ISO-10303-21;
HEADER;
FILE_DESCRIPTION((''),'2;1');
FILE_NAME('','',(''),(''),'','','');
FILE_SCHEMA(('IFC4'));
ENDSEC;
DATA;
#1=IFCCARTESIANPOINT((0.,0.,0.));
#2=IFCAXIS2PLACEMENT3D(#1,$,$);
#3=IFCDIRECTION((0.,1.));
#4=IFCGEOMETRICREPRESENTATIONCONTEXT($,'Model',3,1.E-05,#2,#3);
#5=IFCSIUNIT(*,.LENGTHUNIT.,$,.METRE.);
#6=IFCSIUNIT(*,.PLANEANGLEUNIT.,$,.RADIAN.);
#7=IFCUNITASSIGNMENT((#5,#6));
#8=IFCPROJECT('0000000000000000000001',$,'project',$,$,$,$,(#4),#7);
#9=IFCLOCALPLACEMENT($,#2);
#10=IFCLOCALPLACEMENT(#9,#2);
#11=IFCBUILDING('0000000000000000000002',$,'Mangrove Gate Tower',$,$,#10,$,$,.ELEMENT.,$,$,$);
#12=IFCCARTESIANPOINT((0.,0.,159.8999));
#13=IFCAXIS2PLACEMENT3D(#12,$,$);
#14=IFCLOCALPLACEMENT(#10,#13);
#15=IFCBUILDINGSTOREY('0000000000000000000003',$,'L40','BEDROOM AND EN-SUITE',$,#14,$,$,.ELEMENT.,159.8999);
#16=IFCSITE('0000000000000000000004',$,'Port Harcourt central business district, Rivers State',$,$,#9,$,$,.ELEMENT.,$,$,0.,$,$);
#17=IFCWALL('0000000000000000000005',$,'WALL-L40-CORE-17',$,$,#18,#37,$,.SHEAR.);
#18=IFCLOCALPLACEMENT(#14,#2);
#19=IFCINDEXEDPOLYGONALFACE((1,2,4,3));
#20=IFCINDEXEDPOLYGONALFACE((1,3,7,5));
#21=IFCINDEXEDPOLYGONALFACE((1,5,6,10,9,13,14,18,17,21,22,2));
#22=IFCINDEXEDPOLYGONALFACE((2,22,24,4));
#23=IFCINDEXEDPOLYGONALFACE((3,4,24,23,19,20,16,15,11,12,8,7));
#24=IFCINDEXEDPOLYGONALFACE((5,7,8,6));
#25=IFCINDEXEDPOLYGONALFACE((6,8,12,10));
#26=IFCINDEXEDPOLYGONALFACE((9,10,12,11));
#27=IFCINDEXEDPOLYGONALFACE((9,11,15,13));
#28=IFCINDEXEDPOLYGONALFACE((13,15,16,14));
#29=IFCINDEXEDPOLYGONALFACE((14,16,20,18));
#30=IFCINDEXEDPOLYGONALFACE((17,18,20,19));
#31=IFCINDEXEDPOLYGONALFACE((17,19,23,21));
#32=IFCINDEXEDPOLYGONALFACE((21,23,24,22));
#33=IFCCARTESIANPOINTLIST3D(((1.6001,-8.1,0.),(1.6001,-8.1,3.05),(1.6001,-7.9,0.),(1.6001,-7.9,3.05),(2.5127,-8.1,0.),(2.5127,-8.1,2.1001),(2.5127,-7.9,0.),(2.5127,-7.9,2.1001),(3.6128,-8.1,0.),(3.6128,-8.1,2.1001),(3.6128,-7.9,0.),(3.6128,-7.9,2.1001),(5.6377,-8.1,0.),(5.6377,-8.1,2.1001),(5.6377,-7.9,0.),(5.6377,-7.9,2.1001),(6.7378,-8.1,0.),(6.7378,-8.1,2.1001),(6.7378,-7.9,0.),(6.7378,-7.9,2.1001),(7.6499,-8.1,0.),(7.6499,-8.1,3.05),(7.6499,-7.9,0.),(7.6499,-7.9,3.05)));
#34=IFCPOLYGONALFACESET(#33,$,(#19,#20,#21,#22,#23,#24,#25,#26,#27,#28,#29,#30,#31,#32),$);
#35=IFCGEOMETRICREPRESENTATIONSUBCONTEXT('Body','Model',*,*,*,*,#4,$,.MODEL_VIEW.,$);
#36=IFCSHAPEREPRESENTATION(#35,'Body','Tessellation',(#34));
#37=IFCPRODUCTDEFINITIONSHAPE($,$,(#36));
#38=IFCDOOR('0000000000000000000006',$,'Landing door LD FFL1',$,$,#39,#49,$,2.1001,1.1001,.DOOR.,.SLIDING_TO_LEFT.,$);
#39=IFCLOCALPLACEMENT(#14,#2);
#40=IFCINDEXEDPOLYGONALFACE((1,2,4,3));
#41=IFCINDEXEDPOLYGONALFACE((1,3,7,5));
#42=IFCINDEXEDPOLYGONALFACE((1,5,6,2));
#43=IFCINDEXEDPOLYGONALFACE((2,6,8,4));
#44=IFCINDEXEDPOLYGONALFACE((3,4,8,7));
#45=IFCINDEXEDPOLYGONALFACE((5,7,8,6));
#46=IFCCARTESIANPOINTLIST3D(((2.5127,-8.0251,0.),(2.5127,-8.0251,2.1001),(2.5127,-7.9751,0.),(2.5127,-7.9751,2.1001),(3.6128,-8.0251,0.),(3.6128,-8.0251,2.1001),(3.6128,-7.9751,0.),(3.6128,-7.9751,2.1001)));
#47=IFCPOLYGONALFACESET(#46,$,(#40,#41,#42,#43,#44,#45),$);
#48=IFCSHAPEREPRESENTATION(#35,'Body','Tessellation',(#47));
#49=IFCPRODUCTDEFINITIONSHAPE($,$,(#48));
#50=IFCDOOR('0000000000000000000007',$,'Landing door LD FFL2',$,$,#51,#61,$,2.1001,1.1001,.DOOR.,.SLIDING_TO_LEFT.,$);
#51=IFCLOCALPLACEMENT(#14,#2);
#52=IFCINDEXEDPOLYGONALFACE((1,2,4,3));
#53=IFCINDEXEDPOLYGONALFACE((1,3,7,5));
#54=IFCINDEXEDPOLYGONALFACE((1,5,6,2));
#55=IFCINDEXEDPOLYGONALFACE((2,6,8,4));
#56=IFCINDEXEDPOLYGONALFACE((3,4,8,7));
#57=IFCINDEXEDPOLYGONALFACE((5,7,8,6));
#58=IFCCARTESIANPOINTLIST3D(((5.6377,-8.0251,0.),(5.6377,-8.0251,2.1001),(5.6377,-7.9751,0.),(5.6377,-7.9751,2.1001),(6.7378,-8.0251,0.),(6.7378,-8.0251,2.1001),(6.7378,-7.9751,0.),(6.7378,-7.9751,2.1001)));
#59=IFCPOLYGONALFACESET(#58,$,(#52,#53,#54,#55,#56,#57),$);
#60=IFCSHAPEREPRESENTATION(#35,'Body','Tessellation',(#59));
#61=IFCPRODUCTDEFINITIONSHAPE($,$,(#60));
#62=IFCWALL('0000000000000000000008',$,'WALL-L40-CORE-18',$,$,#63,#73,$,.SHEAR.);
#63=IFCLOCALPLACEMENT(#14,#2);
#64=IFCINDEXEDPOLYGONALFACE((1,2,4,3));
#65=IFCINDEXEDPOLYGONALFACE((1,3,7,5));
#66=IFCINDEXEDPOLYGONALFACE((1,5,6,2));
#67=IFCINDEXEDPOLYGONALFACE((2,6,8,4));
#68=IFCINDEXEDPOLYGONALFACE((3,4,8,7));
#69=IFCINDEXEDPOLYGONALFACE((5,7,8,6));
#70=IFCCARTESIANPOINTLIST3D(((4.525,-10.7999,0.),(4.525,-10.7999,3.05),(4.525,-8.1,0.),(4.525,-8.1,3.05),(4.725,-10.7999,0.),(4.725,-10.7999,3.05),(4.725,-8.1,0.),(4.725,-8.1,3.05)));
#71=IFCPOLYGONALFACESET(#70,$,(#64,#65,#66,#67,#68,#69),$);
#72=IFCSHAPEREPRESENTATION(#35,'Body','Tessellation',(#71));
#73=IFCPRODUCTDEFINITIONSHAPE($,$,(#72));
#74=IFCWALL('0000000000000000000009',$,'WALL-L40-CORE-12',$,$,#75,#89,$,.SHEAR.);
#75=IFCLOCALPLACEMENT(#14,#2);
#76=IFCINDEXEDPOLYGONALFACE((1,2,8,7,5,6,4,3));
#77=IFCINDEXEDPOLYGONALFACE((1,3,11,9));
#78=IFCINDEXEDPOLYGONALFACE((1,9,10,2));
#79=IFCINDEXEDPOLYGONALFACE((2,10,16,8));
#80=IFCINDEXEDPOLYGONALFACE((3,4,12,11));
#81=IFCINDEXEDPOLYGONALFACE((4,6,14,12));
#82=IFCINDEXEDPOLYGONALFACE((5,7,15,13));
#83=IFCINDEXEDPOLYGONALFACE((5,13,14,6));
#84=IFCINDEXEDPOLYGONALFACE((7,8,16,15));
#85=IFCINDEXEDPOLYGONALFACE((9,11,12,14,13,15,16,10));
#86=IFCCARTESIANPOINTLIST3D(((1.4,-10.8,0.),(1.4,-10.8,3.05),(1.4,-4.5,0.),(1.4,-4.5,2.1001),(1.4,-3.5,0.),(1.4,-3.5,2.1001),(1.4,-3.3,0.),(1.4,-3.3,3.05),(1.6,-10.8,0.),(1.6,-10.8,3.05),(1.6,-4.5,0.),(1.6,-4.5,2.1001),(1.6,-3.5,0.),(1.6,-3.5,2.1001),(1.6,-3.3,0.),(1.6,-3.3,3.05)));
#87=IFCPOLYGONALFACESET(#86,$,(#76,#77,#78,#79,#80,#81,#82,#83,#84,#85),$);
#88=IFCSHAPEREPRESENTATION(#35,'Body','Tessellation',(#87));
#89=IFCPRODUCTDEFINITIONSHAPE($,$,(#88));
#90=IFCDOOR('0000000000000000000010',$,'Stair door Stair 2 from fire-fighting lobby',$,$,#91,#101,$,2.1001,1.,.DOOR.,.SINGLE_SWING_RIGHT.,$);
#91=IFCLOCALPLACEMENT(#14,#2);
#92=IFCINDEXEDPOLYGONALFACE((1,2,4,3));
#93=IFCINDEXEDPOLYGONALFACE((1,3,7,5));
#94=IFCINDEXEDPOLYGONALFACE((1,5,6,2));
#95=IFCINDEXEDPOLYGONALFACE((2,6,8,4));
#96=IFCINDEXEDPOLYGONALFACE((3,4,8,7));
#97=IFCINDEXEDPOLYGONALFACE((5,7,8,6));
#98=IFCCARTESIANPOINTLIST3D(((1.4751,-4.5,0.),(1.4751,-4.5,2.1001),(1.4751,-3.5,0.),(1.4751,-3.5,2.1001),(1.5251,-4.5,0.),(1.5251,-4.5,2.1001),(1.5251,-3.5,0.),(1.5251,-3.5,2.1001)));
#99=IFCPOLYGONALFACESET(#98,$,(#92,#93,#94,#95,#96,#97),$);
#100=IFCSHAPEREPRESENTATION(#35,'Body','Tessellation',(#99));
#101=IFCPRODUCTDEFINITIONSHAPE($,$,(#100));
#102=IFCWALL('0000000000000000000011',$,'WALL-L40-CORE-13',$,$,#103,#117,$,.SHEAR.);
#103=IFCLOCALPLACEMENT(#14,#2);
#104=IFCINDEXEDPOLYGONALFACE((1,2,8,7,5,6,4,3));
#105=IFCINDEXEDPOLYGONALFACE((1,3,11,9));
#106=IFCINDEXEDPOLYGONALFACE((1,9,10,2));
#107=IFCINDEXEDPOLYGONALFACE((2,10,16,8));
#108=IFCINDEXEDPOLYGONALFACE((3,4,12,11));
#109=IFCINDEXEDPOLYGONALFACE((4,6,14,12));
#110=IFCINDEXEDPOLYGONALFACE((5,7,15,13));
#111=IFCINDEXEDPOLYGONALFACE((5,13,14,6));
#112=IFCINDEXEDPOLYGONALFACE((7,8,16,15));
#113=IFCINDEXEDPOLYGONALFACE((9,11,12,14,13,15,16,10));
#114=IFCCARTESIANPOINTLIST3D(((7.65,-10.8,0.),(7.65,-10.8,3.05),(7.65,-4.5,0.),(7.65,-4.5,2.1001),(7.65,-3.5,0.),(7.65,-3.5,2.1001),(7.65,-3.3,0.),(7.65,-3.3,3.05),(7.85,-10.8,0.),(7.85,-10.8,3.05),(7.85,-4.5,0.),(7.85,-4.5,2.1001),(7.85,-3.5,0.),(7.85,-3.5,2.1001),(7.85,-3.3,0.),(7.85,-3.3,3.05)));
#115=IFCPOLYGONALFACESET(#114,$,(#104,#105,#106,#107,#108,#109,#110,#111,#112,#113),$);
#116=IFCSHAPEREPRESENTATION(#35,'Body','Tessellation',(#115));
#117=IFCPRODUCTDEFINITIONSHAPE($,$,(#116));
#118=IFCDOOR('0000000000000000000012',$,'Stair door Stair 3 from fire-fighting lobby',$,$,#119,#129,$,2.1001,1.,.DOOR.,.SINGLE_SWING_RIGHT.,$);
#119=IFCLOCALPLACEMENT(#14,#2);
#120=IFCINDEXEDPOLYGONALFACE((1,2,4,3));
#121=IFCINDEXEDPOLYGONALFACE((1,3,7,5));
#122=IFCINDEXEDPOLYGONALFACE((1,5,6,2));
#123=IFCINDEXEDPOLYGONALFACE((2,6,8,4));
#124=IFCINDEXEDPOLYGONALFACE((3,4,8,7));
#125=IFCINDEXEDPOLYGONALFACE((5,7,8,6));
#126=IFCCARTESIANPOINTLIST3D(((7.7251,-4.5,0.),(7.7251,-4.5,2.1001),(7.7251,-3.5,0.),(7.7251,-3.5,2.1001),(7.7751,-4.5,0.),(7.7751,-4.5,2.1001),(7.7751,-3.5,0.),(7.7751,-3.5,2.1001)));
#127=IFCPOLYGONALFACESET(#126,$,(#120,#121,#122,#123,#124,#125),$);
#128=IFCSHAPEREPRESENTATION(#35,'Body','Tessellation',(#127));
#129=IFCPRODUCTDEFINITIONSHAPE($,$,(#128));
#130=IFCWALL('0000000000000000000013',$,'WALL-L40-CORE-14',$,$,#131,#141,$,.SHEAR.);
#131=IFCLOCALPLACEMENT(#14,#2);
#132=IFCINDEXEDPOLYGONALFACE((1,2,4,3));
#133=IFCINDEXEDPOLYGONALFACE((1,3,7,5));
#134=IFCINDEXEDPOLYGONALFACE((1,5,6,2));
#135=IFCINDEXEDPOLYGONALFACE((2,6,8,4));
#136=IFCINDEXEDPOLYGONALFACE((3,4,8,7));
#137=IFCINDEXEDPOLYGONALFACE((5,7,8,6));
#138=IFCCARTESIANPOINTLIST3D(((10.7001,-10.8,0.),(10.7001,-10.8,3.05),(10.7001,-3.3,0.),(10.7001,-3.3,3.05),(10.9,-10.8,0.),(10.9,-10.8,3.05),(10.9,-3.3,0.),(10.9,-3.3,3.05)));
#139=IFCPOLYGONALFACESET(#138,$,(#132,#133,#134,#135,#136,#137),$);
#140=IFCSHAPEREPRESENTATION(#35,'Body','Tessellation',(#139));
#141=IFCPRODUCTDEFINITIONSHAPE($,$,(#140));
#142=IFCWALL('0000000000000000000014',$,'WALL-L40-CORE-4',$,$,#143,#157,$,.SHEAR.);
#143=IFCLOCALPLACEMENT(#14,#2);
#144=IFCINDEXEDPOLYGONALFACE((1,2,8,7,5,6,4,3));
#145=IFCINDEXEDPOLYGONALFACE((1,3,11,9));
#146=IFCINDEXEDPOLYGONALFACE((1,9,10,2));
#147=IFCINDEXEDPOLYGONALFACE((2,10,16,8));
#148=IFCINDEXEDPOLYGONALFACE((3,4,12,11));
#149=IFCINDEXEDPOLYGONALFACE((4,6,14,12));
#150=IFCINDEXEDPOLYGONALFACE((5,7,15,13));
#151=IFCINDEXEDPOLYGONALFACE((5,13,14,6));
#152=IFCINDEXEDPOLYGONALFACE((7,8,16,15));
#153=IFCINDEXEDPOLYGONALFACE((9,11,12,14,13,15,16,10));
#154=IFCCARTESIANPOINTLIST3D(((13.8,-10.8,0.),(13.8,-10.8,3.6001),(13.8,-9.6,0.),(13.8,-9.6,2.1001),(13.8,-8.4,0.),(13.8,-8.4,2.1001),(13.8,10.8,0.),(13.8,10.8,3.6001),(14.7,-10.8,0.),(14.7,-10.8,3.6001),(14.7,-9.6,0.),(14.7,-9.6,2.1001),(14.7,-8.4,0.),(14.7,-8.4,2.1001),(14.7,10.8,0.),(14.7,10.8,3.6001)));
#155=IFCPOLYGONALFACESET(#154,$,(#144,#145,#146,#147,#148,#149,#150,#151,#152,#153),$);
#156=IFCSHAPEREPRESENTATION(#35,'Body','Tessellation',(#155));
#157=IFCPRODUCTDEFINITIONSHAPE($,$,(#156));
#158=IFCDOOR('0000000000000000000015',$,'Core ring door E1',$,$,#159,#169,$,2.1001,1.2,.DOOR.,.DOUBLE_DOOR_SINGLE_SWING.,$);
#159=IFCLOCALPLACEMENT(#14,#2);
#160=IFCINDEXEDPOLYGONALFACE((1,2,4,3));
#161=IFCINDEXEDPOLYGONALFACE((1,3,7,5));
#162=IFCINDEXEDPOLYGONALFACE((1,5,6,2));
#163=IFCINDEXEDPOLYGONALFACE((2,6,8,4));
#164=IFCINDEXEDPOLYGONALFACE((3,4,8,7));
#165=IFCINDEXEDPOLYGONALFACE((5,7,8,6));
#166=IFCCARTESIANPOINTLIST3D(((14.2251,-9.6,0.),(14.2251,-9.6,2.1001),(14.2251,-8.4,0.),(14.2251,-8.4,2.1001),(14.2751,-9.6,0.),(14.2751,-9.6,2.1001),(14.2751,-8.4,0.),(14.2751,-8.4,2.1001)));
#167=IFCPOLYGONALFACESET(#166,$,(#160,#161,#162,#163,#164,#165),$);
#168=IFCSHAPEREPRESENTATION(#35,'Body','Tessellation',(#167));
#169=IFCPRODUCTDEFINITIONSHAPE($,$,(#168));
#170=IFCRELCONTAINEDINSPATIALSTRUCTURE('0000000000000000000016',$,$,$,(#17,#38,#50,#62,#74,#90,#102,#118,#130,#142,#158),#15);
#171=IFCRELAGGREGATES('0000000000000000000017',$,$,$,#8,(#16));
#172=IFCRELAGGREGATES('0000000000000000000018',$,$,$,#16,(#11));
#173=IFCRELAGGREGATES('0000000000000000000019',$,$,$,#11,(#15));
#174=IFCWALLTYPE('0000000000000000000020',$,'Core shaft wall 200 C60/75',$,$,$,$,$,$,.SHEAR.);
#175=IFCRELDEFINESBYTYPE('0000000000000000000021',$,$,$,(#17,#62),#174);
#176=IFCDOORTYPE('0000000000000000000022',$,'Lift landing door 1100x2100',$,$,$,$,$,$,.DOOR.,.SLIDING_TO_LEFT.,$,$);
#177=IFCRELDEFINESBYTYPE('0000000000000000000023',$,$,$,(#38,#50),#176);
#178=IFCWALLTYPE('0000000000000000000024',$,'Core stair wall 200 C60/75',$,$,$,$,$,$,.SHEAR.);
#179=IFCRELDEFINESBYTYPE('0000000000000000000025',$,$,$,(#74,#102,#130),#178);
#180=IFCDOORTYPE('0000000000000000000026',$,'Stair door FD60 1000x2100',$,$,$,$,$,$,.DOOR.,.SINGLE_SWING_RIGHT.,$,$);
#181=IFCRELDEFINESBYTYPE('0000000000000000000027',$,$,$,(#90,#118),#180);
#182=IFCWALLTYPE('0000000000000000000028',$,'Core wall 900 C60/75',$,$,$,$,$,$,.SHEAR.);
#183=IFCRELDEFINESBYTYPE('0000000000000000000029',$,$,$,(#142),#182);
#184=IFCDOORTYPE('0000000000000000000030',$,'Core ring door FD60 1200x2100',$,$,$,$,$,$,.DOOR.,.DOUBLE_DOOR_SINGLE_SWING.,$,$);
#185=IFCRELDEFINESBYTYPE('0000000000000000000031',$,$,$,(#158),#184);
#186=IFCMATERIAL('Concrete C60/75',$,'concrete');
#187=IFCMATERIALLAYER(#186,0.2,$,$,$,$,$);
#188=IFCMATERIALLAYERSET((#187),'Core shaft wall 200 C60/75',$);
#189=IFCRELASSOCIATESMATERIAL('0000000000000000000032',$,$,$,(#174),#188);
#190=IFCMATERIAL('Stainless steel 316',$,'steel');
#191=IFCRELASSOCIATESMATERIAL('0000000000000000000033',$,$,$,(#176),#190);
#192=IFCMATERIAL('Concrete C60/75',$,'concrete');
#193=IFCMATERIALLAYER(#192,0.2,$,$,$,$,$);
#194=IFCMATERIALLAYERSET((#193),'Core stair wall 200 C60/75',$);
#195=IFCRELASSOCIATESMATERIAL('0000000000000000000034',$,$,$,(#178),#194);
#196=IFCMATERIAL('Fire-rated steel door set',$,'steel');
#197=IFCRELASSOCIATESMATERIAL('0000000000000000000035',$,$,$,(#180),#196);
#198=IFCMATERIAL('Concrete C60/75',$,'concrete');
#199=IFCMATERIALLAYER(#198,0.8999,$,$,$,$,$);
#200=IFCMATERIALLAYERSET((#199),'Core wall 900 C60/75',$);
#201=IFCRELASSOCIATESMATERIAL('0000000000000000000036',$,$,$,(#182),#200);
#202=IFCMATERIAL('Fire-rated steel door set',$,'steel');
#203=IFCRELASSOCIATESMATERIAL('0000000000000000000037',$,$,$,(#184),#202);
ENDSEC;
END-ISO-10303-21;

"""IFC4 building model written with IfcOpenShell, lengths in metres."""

from ifc_helpers import new_model, si_unit, direction, frame, frame_2d, origin, place, context, subcontext, project, spatial, rectangle, extrude, material, layer, layer_set, type_object, element, fill, save


model = new_model("IFC4")

# Units and contexts
model_context = context("Model", 3, precision=1e-05, world=origin(), true_north=direction((0.0, 1.0)))
body_context = subcontext(model_context, "Body", "Model", "MODEL_VIEW")
ifc_project = project(units=[si_unit("LENGTHUNIT", "METRE"), si_unit("PLANEANGLEUNIT", "RADIAN")], contexts=[model_context])

# Site, building, storey
site_placement = place(None, origin())
site = spatial("IfcSite", under=ifc_project, at=site_placement, Name="Port Harcourt central business district, Rivers State", CompositionType="ELEMENT", RefElevation=0.0)
building_placement = place(site_placement, origin())
building = spatial("IfcBuilding", under=site, at=building_placement, Name="Mangrove Gate Tower", CompositionType="ELEMENT")
storey_placement = place(building_placement, frame((0.0, 0.0, 159.8999)))
storey = spatial("IfcBuildingStorey", under=building, at=storey_placement, Name="L40", Description="BEDROOM AND EN-SUITE", CompositionType="ELEMENT", Elevation=159.8999)

# Wall, openings, doors
ifc_material_1 = material(Name="Concrete C60/75", Category="concrete")
ifc_layer_1 = layer(ifc_material_1, 0.2)
ifc_layer_set_1 = layer_set([ifc_layer_1], Name="Core shaft wall 200 C60/75")
wall_type_1 = type_object("IfcWallType", Name="Core shaft wall 200 C60/75", PredefinedType="SHEAR", material=ifc_layer_set_1)
wall_1_placement = place(storey_placement, frame((1.6001, -8.0, 0.0), z_axis=(0.0, 0.0, 1.0), x_axis=(1.0, 0.0, 0.0)))
wall_1 = element("IfcWall", 1, at=wall_1_placement, inside=storey, type_object=wall_type_1, Name="WALL-L40-CORE-17", PredefinedType="SHEAR", context=body_context, shape_type="SweptSolid", body=[
    extrude(rectangle(XDim=6.0498, YDim=0.2, at=frame_2d((3.0249, 0.0))), origin(), (0.0, 0.0, 1.0), 3.05),
])
opening_1_placement = place(wall_1_placement, frame((0.9126, 0.0, 0.0)))
opening_1 = element("IfcOpeningElement", 2, at=opening_1_placement, cuts=wall_1, PredefinedType="OPENING", context=body_context, shape_type="SweptSolid", body=[
    extrude(rectangle(XDim=1.1001, YDim=2.1001, at=frame_2d((0.55, 1.05))), frame((0.0, 0.1099, 0.0), z_axis=(0.0, -1.0, 0.0), x_axis=(1.0, 0.0, 0.0)), (0.0, 0.0, 1.0), 0.22),
])
opening_2_placement = place(wall_1_placement, frame((4.0376, 0.0, 0.0)))
opening_2 = element("IfcOpeningElement", 3, at=opening_2_placement, cuts=wall_1, PredefinedType="OPENING", context=body_context, shape_type="SweptSolid", body=[
    extrude(rectangle(XDim=1.1001, YDim=2.1001, at=frame_2d((0.55, 1.05))), frame((0.0, 0.1099, 0.0), z_axis=(0.0, -1.0, 0.0), x_axis=(1.0, 0.0, 0.0)), (0.0, 0.0, 1.0), 0.22),
])
ifc_material_2 = material(Name="Stainless steel 316", Category="steel")
door_type_1 = type_object("IfcDoorType", Name="Lift landing door 1100x2100", OperationType="SLIDING_TO_LEFT", PredefinedType="DOOR", material=ifc_material_2)
door_1_placement = place(opening_1_placement, origin())
door_1 = element("IfcDoor", 4, at=door_1_placement, inside=storey, type_object=door_type_1, Name="Landing door LD FFL1", OperationType="SLIDING_TO_LEFT", OverallHeight=2.1001, OverallWidth=1.1001, PredefinedType="DOOR", context=body_context, shape_type="SweptSolid", body=[
    extrude(rectangle(XDim=1.1001, YDim=2.1001, at=frame_2d((0.55, 1.05))), frame((0.0, 0.0249, 0.0), z_axis=(0.0, -1.0, 0.0), x_axis=(1.0, 0.0, 0.0)), (0.0, 0.0, 1.0), 0.05),
])
fill(opening_1, door_1)
door_2_placement = place(opening_2_placement, origin())
door_2 = element("IfcDoor", 5, at=door_2_placement, inside=storey, type_object=door_type_1, Name="Landing door LD FFL2", OperationType="SLIDING_TO_LEFT", OverallHeight=2.1001, OverallWidth=1.1001, PredefinedType="DOOR", context=body_context, shape_type="SweptSolid", body=[
    extrude(rectangle(XDim=1.1001, YDim=2.1001, at=frame_2d((0.55, 1.05))), frame((0.0, 0.0249, 0.0), z_axis=(0.0, -1.0, 0.0), x_axis=(1.0, 0.0, 0.0)), (0.0, 0.0, 1.0), 0.05),
])
fill(opening_2, door_2)

# Wall
wall_2_placement = place(storey_placement, frame((4.625, -10.8, 0.0), z_axis=(0.0, 0.0, 1.0), x_axis=(0.0, 1.0, 0.0)))
element("IfcWall", 6, at=wall_2_placement, inside=storey, type_object=wall_type_1, Name="WALL-L40-CORE-18", PredefinedType="SHEAR", context=body_context, shape_type="SweptSolid", body=[
    extrude(rectangle(XDim=2.7, YDim=0.2, at=frame_2d((1.3501, 0.0))), origin(), (0.0, 0.0, 1.0), 3.05),
])

# Walls, openings, doors
ifc_material_3 = material(Name="Concrete C60/75", Category="concrete")
ifc_layer_2 = layer(ifc_material_3, 0.2)
ifc_layer_set_2 = layer_set([ifc_layer_2], Name="Core stair wall 200 C60/75")
wall_type_2 = type_object("IfcWallType", Name="Core stair wall 200 C60/75", PredefinedType="SHEAR", material=ifc_layer_set_2)
wall_3_placement = place(storey_placement, frame((1.5, -10.8, 0.0), z_axis=(0.0, 0.0, 1.0), x_axis=(0.0, 1.0, 0.0)))
wall_3 = element("IfcWall", 7, at=wall_3_placement, inside=storey, type_object=wall_type_2, Name="WALL-L40-CORE-12", PredefinedType="SHEAR", context=body_context, shape_type="SweptSolid", body=[
    extrude(rectangle(XDim=7.5, YDim=0.2, at=frame_2d((3.75, 0.0))), origin(), (0.0, 0.0, 1.0), 3.05),
])
opening_3_placement = place(wall_3_placement, frame((6.3, 0.0, 0.0)))
opening_3 = element("IfcOpeningElement", 8, at=opening_3_placement, cuts=wall_3, PredefinedType="OPENING", context=body_context, shape_type="SweptSolid", body=[
    extrude(rectangle(XDim=1.0, YDim=2.1001, at=frame_2d((0.5, 1.05))), frame((0.0, 0.1099, 0.0), z_axis=(0.0, -1.0, 0.0), x_axis=(1.0, 0.0, 0.0)), (0.0, 0.0, 1.0), 0.22),
])
ifc_material_4 = material(Name="Fire-rated steel door set", Category="steel")
door_type_2 = type_object("IfcDoorType", Name="Stair door FD60 1000x2100", OperationType="SINGLE_SWING_RIGHT", PredefinedType="DOOR", material=ifc_material_4)
door_3_placement = place(opening_3_placement, origin())
door_3 = element("IfcDoor", 9, at=door_3_placement, inside=storey, type_object=door_type_2, Name="Stair door Stair 2 from fire-fighting lobby", OperationType="SINGLE_SWING_RIGHT", OverallHeight=2.1001, OverallWidth=1.0, PredefinedType="DOOR", context=body_context, shape_type="SweptSolid", body=[
    extrude(rectangle(XDim=1.0, YDim=2.1001, at=frame_2d((0.5, 1.05))), frame((0.0, 0.0249, 0.0), z_axis=(0.0, -1.0, 0.0), x_axis=(1.0, 0.0, 0.0)), (0.0, 0.0, 1.0), 0.05),
])
fill(opening_3, door_3)
wall_4_placement = place(storey_placement, frame((7.75, -10.8, 0.0), z_axis=(0.0, 0.0, 1.0), x_axis=(0.0, 1.0, 0.0)))
wall_4 = element("IfcWall", 10, at=wall_4_placement, inside=storey, type_object=wall_type_2, Name="WALL-L40-CORE-13", PredefinedType="SHEAR", context=body_context, shape_type="SweptSolid", body=[
    extrude(rectangle(XDim=7.5, YDim=0.2, at=frame_2d((3.75, 0.0))), origin(), (0.0, 0.0, 1.0), 3.05),
])
opening_4_placement = place(wall_4_placement, frame((6.3, 0.0, 0.0)))
opening_4 = element("IfcOpeningElement", 11, at=opening_4_placement, cuts=wall_4, PredefinedType="OPENING", context=body_context, shape_type="SweptSolid", body=[
    extrude(rectangle(XDim=1.0, YDim=2.1001, at=frame_2d((0.5, 1.05))), frame((0.0, 0.1099, 0.0), z_axis=(0.0, -1.0, 0.0), x_axis=(1.0, 0.0, 0.0)), (0.0, 0.0, 1.0), 0.22),
])
door_4_placement = place(opening_4_placement, origin())
door_4 = element("IfcDoor", 12, at=door_4_placement, inside=storey, type_object=door_type_2, Name="Stair door Stair 3 from fire-fighting lobby", OperationType="SINGLE_SWING_RIGHT", OverallHeight=2.1001, OverallWidth=1.0, PredefinedType="DOOR", context=body_context, shape_type="SweptSolid", body=[
    extrude(rectangle(XDim=1.0, YDim=2.1001, at=frame_2d((0.5, 1.05))), frame((0.0, 0.0249, 0.0), z_axis=(0.0, -1.0, 0.0), x_axis=(1.0, 0.0, 0.0)), (0.0, 0.0, 1.0), 0.05),
])
fill(opening_4, door_4)

# Wall
wall_5_placement = place(storey_placement, frame((10.8, -10.8, 0.0), z_axis=(0.0, 0.0, 1.0), x_axis=(0.0, 1.0, 0.0)))
element("IfcWall", 13, at=wall_5_placement, inside=storey, type_object=wall_type_2, Name="WALL-L40-CORE-14", PredefinedType="SHEAR", context=body_context, shape_type="SweptSolid", body=[
    extrude(rectangle(XDim=7.5, YDim=0.2, at=frame_2d((3.75, 0.0))), origin(), (0.0, 0.0, 1.0), 3.05),
])

# Wall, opening, door
ifc_material_5 = material(Name="Concrete C60/75", Category="concrete")
ifc_layer_3 = layer(ifc_material_5, 0.8999)
ifc_layer_set_3 = layer_set([ifc_layer_3], Name="Core wall 900 C60/75")
wall_type_3 = type_object("IfcWallType", Name="Core wall 900 C60/75", PredefinedType="SHEAR", material=ifc_layer_set_3)
wall_6_placement = place(storey_placement, frame((14.25, -10.8, 0.0), z_axis=(0.0, 0.0, 1.0), x_axis=(0.0, 1.0, 0.0)))
wall_6 = element("IfcWall", 14, at=wall_6_placement, inside=storey, type_object=wall_type_3, Name="WALL-L40-CORE-4", PredefinedType="SHEAR", context=body_context, shape_type="SweptSolid", body=[
    extrude(rectangle(XDim=21.6001, YDim=0.8999, at=frame_2d((10.8, 0.0))), origin(), (0.0, 0.0, 1.0), 3.6001),
])
opening_5_placement = place(wall_6_placement, frame((1.2, 0.0, 0.0)))
opening_5 = element("IfcOpeningElement", 15, at=opening_5_placement, cuts=wall_6, PredefinedType="OPENING", context=body_context, shape_type="SweptSolid", body=[
    extrude(rectangle(XDim=1.2, YDim=2.1001, at=frame_2d((0.6001, 1.05))), frame((0.0, 0.46, 0.0), z_axis=(0.0, -1.0, 0.0), x_axis=(1.0, 0.0, 0.0)), (0.0, 0.0, 1.0), 0.9199),
])
ifc_material_6 = material(Name="Fire-rated steel door set", Category="steel")
door_type_3 = type_object("IfcDoorType", Name="Core ring door FD60 1200x2100", OperationType="DOUBLE_DOOR_SINGLE_SWING", PredefinedType="DOOR", material=ifc_material_6)
door_5_placement = place(opening_5_placement, origin())
door_5 = element("IfcDoor", 16, at=door_5_placement, inside=storey, type_object=door_type_3, Name="Core ring door E1", OperationType="DOUBLE_DOOR_SINGLE_SWING", OverallHeight=2.1001, OverallWidth=1.2, PredefinedType="DOOR", context=body_context, shape_type="SweptSolid", body=[
    extrude(rectangle(XDim=1.2, YDim=2.1001, at=frame_2d((0.6001, 1.05))), frame((0.0, 0.0249, 0.0), z_axis=(0.0, -1.0, 0.0), x_axis=(1.0, 0.0, 0.0)), (0.0, 0.0, 1.0), 0.05),
])
fill(opening_5, door_5)

save(model, "model.ifc")
